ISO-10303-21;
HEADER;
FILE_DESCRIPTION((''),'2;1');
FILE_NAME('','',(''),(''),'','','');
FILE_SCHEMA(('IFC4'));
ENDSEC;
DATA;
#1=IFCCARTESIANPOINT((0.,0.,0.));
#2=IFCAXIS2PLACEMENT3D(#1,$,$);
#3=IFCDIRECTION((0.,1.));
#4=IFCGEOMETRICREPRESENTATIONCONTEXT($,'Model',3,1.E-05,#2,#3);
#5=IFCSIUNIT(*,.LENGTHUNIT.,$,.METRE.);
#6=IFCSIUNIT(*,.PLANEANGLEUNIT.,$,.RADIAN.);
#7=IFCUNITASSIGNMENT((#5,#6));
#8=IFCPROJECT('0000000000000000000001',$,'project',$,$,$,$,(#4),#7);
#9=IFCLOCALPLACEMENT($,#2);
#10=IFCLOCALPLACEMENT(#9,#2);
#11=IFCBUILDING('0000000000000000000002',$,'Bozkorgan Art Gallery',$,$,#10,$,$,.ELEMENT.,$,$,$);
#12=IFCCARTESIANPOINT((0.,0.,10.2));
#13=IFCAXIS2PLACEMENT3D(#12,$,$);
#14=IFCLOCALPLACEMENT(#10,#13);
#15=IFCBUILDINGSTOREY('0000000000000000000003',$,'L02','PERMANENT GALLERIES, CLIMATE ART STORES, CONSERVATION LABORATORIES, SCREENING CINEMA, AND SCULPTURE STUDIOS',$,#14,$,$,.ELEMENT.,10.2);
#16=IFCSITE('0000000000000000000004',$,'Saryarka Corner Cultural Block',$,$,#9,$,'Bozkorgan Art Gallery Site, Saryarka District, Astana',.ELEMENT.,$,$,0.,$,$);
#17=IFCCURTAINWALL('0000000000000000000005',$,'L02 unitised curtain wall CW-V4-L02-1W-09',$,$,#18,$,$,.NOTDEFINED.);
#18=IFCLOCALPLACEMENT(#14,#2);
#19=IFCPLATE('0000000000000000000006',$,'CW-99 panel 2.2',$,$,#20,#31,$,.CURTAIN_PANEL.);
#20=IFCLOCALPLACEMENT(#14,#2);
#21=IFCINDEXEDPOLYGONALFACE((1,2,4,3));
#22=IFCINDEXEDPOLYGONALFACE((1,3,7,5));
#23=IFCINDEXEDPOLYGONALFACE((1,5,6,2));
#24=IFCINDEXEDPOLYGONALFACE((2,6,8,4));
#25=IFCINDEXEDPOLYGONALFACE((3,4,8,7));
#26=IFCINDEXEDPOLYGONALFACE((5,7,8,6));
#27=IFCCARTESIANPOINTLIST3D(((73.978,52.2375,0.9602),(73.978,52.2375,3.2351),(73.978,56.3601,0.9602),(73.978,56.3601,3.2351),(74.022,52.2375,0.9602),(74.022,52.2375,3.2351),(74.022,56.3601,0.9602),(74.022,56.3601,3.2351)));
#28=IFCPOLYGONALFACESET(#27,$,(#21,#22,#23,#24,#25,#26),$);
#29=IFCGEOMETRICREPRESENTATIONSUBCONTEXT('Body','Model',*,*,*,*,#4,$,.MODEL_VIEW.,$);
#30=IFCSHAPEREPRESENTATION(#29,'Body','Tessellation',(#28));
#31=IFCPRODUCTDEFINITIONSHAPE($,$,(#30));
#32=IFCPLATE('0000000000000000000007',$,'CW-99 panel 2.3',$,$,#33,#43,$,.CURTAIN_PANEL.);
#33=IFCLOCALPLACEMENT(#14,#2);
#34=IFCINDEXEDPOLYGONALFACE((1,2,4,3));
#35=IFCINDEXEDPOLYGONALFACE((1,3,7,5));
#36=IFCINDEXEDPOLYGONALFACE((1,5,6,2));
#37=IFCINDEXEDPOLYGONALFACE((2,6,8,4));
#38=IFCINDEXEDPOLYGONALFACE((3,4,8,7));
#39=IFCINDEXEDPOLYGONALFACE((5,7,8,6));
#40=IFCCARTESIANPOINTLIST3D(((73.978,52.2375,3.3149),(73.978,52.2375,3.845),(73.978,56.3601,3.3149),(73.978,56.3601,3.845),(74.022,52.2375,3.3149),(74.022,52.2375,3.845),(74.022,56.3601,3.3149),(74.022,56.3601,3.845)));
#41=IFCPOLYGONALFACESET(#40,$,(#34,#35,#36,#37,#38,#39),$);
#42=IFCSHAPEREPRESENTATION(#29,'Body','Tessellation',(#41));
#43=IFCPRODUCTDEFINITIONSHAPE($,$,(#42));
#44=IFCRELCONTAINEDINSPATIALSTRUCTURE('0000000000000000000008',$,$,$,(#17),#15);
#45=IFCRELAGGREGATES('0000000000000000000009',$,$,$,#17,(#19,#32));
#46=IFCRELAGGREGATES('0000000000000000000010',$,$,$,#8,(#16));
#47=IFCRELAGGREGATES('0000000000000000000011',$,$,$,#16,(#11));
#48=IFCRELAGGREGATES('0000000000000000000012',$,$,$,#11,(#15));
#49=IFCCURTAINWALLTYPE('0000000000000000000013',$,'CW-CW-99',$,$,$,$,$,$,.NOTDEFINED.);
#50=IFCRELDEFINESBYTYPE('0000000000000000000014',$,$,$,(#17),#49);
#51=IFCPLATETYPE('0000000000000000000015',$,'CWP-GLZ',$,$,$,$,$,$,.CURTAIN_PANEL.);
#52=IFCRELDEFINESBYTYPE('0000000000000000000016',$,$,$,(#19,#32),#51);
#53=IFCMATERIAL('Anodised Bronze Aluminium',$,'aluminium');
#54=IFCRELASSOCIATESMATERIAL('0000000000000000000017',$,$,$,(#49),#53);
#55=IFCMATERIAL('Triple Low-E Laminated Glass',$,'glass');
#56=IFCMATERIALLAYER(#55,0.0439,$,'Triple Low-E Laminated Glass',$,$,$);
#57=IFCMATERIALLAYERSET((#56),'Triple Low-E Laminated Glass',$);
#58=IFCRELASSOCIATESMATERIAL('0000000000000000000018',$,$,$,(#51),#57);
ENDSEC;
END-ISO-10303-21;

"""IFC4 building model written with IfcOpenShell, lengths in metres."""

from ifc_helpers import new_model, si_unit, direction, frame, origin, origin_2d, place, context, subcontext, project, spatial, rectangle, extrude, material, layer, layer_set, type_object, element, aggregate, save


model = new_model("IFC4")

# Units and contexts
model_context = context("Model", 3, precision=1e-05, world=origin(), true_north=direction((0.0, 1.0)))
body_context = subcontext(model_context, "Body", "Model", "MODEL_VIEW")
ifc_project = project(units=[si_unit("LENGTHUNIT", "METRE"), si_unit("PLANEANGLEUNIT", "RADIAN")], contexts=[model_context])

# Site, building, storey
site_placement = place(None, origin())
site = spatial("IfcSite", under=ifc_project, at=site_placement, Name="Saryarka Corner Cultural Block", LongName="Bozkorgan Art Gallery Site, Saryarka District, Astana", CompositionType="ELEMENT", RefElevation=0.0)
building_placement = place(site_placement, origin())
building = spatial("IfcBuilding", under=site, at=building_placement, Name="Bozkorgan Art Gallery", CompositionType="ELEMENT")
storey_placement = place(building_placement, frame((0.0, 0.0, 10.2)))
storey = spatial("IfcBuildingStorey", under=building, at=storey_placement, Name="L02", Description="PERMANENT GALLERIES, CLIMATE ART STORES, CONSERVATION LABORATORIES, SCREENING CINEMA, AND SCULPTURE STUDIOS", CompositionType="ELEMENT", Elevation=10.2)

# Curtain wall
ifc_material_1 = material(Name="Anodised Bronze Aluminium", Category="aluminium")
curtain_wall_type = type_object("IfcCurtainWallType", Name="CW-CW-99", PredefinedType="NOTDEFINED", material=ifc_material_1)
curtain_wall_1_placement = place(storey_placement, origin())
curtain_wall_1 = element("IfcCurtainWall", 1, at=curtain_wall_1_placement, inside=storey, type_object=curtain_wall_type, Name="L02 unitised curtain wall CW-V4-L02-1W-09", PredefinedType="NOTDEFINED")

# Plates
ifc_material_2 = material(Name="Triple Low-E Laminated Glass", Category="glass")
ifc_layer = layer(ifc_material_2, 0.0439, Name="Triple Low-E Laminated Glass")
ifc_layer_set = layer_set([ifc_layer], Name="Triple Low-E Laminated Glass")
plate_type = type_object("IfcPlateType", Name="CWP-GLZ", PredefinedType="CURTAIN_PANEL", material=ifc_layer_set)
plate_1_placement = place(storey_placement, frame((74.0, 54.2988, 0.9602), z_axis=(0.0, 0.0, 1.0), x_axis=(0.0, 1.0, 0.0)))
plate_1 = element("IfcPlate", 2, at=plate_1_placement, type_object=plate_type, Name="CW-99 panel 2.2", PredefinedType="CURTAIN_PANEL", context=body_context, shape_type="SweptSolid", body=[
    extrude(rectangle(XDim=4.1226, YDim=0.0439, at=origin_2d()), origin(), (0.0, 0.0, 1.0), 2.2749),
])
plate_2_placement = place(storey_placement, frame((74.0, 54.2988, 3.3149), z_axis=(0.0, 0.0, 1.0), x_axis=(0.0, 1.0, 0.0)))
plate_2 = element("IfcPlate", 3, at=plate_2_placement, type_object=plate_type, Name="CW-99 panel 2.3", PredefinedType="CURTAIN_PANEL", context=body_context, shape_type="SweptSolid", body=[
    extrude(rectangle(XDim=4.1226, YDim=0.0439, at=origin_2d()), origin(), (0.0, 0.0, 1.0), 0.53),
])
aggregate(curtain_wall_1, [plate_1, plate_2])

save(model, "model.ifc")
